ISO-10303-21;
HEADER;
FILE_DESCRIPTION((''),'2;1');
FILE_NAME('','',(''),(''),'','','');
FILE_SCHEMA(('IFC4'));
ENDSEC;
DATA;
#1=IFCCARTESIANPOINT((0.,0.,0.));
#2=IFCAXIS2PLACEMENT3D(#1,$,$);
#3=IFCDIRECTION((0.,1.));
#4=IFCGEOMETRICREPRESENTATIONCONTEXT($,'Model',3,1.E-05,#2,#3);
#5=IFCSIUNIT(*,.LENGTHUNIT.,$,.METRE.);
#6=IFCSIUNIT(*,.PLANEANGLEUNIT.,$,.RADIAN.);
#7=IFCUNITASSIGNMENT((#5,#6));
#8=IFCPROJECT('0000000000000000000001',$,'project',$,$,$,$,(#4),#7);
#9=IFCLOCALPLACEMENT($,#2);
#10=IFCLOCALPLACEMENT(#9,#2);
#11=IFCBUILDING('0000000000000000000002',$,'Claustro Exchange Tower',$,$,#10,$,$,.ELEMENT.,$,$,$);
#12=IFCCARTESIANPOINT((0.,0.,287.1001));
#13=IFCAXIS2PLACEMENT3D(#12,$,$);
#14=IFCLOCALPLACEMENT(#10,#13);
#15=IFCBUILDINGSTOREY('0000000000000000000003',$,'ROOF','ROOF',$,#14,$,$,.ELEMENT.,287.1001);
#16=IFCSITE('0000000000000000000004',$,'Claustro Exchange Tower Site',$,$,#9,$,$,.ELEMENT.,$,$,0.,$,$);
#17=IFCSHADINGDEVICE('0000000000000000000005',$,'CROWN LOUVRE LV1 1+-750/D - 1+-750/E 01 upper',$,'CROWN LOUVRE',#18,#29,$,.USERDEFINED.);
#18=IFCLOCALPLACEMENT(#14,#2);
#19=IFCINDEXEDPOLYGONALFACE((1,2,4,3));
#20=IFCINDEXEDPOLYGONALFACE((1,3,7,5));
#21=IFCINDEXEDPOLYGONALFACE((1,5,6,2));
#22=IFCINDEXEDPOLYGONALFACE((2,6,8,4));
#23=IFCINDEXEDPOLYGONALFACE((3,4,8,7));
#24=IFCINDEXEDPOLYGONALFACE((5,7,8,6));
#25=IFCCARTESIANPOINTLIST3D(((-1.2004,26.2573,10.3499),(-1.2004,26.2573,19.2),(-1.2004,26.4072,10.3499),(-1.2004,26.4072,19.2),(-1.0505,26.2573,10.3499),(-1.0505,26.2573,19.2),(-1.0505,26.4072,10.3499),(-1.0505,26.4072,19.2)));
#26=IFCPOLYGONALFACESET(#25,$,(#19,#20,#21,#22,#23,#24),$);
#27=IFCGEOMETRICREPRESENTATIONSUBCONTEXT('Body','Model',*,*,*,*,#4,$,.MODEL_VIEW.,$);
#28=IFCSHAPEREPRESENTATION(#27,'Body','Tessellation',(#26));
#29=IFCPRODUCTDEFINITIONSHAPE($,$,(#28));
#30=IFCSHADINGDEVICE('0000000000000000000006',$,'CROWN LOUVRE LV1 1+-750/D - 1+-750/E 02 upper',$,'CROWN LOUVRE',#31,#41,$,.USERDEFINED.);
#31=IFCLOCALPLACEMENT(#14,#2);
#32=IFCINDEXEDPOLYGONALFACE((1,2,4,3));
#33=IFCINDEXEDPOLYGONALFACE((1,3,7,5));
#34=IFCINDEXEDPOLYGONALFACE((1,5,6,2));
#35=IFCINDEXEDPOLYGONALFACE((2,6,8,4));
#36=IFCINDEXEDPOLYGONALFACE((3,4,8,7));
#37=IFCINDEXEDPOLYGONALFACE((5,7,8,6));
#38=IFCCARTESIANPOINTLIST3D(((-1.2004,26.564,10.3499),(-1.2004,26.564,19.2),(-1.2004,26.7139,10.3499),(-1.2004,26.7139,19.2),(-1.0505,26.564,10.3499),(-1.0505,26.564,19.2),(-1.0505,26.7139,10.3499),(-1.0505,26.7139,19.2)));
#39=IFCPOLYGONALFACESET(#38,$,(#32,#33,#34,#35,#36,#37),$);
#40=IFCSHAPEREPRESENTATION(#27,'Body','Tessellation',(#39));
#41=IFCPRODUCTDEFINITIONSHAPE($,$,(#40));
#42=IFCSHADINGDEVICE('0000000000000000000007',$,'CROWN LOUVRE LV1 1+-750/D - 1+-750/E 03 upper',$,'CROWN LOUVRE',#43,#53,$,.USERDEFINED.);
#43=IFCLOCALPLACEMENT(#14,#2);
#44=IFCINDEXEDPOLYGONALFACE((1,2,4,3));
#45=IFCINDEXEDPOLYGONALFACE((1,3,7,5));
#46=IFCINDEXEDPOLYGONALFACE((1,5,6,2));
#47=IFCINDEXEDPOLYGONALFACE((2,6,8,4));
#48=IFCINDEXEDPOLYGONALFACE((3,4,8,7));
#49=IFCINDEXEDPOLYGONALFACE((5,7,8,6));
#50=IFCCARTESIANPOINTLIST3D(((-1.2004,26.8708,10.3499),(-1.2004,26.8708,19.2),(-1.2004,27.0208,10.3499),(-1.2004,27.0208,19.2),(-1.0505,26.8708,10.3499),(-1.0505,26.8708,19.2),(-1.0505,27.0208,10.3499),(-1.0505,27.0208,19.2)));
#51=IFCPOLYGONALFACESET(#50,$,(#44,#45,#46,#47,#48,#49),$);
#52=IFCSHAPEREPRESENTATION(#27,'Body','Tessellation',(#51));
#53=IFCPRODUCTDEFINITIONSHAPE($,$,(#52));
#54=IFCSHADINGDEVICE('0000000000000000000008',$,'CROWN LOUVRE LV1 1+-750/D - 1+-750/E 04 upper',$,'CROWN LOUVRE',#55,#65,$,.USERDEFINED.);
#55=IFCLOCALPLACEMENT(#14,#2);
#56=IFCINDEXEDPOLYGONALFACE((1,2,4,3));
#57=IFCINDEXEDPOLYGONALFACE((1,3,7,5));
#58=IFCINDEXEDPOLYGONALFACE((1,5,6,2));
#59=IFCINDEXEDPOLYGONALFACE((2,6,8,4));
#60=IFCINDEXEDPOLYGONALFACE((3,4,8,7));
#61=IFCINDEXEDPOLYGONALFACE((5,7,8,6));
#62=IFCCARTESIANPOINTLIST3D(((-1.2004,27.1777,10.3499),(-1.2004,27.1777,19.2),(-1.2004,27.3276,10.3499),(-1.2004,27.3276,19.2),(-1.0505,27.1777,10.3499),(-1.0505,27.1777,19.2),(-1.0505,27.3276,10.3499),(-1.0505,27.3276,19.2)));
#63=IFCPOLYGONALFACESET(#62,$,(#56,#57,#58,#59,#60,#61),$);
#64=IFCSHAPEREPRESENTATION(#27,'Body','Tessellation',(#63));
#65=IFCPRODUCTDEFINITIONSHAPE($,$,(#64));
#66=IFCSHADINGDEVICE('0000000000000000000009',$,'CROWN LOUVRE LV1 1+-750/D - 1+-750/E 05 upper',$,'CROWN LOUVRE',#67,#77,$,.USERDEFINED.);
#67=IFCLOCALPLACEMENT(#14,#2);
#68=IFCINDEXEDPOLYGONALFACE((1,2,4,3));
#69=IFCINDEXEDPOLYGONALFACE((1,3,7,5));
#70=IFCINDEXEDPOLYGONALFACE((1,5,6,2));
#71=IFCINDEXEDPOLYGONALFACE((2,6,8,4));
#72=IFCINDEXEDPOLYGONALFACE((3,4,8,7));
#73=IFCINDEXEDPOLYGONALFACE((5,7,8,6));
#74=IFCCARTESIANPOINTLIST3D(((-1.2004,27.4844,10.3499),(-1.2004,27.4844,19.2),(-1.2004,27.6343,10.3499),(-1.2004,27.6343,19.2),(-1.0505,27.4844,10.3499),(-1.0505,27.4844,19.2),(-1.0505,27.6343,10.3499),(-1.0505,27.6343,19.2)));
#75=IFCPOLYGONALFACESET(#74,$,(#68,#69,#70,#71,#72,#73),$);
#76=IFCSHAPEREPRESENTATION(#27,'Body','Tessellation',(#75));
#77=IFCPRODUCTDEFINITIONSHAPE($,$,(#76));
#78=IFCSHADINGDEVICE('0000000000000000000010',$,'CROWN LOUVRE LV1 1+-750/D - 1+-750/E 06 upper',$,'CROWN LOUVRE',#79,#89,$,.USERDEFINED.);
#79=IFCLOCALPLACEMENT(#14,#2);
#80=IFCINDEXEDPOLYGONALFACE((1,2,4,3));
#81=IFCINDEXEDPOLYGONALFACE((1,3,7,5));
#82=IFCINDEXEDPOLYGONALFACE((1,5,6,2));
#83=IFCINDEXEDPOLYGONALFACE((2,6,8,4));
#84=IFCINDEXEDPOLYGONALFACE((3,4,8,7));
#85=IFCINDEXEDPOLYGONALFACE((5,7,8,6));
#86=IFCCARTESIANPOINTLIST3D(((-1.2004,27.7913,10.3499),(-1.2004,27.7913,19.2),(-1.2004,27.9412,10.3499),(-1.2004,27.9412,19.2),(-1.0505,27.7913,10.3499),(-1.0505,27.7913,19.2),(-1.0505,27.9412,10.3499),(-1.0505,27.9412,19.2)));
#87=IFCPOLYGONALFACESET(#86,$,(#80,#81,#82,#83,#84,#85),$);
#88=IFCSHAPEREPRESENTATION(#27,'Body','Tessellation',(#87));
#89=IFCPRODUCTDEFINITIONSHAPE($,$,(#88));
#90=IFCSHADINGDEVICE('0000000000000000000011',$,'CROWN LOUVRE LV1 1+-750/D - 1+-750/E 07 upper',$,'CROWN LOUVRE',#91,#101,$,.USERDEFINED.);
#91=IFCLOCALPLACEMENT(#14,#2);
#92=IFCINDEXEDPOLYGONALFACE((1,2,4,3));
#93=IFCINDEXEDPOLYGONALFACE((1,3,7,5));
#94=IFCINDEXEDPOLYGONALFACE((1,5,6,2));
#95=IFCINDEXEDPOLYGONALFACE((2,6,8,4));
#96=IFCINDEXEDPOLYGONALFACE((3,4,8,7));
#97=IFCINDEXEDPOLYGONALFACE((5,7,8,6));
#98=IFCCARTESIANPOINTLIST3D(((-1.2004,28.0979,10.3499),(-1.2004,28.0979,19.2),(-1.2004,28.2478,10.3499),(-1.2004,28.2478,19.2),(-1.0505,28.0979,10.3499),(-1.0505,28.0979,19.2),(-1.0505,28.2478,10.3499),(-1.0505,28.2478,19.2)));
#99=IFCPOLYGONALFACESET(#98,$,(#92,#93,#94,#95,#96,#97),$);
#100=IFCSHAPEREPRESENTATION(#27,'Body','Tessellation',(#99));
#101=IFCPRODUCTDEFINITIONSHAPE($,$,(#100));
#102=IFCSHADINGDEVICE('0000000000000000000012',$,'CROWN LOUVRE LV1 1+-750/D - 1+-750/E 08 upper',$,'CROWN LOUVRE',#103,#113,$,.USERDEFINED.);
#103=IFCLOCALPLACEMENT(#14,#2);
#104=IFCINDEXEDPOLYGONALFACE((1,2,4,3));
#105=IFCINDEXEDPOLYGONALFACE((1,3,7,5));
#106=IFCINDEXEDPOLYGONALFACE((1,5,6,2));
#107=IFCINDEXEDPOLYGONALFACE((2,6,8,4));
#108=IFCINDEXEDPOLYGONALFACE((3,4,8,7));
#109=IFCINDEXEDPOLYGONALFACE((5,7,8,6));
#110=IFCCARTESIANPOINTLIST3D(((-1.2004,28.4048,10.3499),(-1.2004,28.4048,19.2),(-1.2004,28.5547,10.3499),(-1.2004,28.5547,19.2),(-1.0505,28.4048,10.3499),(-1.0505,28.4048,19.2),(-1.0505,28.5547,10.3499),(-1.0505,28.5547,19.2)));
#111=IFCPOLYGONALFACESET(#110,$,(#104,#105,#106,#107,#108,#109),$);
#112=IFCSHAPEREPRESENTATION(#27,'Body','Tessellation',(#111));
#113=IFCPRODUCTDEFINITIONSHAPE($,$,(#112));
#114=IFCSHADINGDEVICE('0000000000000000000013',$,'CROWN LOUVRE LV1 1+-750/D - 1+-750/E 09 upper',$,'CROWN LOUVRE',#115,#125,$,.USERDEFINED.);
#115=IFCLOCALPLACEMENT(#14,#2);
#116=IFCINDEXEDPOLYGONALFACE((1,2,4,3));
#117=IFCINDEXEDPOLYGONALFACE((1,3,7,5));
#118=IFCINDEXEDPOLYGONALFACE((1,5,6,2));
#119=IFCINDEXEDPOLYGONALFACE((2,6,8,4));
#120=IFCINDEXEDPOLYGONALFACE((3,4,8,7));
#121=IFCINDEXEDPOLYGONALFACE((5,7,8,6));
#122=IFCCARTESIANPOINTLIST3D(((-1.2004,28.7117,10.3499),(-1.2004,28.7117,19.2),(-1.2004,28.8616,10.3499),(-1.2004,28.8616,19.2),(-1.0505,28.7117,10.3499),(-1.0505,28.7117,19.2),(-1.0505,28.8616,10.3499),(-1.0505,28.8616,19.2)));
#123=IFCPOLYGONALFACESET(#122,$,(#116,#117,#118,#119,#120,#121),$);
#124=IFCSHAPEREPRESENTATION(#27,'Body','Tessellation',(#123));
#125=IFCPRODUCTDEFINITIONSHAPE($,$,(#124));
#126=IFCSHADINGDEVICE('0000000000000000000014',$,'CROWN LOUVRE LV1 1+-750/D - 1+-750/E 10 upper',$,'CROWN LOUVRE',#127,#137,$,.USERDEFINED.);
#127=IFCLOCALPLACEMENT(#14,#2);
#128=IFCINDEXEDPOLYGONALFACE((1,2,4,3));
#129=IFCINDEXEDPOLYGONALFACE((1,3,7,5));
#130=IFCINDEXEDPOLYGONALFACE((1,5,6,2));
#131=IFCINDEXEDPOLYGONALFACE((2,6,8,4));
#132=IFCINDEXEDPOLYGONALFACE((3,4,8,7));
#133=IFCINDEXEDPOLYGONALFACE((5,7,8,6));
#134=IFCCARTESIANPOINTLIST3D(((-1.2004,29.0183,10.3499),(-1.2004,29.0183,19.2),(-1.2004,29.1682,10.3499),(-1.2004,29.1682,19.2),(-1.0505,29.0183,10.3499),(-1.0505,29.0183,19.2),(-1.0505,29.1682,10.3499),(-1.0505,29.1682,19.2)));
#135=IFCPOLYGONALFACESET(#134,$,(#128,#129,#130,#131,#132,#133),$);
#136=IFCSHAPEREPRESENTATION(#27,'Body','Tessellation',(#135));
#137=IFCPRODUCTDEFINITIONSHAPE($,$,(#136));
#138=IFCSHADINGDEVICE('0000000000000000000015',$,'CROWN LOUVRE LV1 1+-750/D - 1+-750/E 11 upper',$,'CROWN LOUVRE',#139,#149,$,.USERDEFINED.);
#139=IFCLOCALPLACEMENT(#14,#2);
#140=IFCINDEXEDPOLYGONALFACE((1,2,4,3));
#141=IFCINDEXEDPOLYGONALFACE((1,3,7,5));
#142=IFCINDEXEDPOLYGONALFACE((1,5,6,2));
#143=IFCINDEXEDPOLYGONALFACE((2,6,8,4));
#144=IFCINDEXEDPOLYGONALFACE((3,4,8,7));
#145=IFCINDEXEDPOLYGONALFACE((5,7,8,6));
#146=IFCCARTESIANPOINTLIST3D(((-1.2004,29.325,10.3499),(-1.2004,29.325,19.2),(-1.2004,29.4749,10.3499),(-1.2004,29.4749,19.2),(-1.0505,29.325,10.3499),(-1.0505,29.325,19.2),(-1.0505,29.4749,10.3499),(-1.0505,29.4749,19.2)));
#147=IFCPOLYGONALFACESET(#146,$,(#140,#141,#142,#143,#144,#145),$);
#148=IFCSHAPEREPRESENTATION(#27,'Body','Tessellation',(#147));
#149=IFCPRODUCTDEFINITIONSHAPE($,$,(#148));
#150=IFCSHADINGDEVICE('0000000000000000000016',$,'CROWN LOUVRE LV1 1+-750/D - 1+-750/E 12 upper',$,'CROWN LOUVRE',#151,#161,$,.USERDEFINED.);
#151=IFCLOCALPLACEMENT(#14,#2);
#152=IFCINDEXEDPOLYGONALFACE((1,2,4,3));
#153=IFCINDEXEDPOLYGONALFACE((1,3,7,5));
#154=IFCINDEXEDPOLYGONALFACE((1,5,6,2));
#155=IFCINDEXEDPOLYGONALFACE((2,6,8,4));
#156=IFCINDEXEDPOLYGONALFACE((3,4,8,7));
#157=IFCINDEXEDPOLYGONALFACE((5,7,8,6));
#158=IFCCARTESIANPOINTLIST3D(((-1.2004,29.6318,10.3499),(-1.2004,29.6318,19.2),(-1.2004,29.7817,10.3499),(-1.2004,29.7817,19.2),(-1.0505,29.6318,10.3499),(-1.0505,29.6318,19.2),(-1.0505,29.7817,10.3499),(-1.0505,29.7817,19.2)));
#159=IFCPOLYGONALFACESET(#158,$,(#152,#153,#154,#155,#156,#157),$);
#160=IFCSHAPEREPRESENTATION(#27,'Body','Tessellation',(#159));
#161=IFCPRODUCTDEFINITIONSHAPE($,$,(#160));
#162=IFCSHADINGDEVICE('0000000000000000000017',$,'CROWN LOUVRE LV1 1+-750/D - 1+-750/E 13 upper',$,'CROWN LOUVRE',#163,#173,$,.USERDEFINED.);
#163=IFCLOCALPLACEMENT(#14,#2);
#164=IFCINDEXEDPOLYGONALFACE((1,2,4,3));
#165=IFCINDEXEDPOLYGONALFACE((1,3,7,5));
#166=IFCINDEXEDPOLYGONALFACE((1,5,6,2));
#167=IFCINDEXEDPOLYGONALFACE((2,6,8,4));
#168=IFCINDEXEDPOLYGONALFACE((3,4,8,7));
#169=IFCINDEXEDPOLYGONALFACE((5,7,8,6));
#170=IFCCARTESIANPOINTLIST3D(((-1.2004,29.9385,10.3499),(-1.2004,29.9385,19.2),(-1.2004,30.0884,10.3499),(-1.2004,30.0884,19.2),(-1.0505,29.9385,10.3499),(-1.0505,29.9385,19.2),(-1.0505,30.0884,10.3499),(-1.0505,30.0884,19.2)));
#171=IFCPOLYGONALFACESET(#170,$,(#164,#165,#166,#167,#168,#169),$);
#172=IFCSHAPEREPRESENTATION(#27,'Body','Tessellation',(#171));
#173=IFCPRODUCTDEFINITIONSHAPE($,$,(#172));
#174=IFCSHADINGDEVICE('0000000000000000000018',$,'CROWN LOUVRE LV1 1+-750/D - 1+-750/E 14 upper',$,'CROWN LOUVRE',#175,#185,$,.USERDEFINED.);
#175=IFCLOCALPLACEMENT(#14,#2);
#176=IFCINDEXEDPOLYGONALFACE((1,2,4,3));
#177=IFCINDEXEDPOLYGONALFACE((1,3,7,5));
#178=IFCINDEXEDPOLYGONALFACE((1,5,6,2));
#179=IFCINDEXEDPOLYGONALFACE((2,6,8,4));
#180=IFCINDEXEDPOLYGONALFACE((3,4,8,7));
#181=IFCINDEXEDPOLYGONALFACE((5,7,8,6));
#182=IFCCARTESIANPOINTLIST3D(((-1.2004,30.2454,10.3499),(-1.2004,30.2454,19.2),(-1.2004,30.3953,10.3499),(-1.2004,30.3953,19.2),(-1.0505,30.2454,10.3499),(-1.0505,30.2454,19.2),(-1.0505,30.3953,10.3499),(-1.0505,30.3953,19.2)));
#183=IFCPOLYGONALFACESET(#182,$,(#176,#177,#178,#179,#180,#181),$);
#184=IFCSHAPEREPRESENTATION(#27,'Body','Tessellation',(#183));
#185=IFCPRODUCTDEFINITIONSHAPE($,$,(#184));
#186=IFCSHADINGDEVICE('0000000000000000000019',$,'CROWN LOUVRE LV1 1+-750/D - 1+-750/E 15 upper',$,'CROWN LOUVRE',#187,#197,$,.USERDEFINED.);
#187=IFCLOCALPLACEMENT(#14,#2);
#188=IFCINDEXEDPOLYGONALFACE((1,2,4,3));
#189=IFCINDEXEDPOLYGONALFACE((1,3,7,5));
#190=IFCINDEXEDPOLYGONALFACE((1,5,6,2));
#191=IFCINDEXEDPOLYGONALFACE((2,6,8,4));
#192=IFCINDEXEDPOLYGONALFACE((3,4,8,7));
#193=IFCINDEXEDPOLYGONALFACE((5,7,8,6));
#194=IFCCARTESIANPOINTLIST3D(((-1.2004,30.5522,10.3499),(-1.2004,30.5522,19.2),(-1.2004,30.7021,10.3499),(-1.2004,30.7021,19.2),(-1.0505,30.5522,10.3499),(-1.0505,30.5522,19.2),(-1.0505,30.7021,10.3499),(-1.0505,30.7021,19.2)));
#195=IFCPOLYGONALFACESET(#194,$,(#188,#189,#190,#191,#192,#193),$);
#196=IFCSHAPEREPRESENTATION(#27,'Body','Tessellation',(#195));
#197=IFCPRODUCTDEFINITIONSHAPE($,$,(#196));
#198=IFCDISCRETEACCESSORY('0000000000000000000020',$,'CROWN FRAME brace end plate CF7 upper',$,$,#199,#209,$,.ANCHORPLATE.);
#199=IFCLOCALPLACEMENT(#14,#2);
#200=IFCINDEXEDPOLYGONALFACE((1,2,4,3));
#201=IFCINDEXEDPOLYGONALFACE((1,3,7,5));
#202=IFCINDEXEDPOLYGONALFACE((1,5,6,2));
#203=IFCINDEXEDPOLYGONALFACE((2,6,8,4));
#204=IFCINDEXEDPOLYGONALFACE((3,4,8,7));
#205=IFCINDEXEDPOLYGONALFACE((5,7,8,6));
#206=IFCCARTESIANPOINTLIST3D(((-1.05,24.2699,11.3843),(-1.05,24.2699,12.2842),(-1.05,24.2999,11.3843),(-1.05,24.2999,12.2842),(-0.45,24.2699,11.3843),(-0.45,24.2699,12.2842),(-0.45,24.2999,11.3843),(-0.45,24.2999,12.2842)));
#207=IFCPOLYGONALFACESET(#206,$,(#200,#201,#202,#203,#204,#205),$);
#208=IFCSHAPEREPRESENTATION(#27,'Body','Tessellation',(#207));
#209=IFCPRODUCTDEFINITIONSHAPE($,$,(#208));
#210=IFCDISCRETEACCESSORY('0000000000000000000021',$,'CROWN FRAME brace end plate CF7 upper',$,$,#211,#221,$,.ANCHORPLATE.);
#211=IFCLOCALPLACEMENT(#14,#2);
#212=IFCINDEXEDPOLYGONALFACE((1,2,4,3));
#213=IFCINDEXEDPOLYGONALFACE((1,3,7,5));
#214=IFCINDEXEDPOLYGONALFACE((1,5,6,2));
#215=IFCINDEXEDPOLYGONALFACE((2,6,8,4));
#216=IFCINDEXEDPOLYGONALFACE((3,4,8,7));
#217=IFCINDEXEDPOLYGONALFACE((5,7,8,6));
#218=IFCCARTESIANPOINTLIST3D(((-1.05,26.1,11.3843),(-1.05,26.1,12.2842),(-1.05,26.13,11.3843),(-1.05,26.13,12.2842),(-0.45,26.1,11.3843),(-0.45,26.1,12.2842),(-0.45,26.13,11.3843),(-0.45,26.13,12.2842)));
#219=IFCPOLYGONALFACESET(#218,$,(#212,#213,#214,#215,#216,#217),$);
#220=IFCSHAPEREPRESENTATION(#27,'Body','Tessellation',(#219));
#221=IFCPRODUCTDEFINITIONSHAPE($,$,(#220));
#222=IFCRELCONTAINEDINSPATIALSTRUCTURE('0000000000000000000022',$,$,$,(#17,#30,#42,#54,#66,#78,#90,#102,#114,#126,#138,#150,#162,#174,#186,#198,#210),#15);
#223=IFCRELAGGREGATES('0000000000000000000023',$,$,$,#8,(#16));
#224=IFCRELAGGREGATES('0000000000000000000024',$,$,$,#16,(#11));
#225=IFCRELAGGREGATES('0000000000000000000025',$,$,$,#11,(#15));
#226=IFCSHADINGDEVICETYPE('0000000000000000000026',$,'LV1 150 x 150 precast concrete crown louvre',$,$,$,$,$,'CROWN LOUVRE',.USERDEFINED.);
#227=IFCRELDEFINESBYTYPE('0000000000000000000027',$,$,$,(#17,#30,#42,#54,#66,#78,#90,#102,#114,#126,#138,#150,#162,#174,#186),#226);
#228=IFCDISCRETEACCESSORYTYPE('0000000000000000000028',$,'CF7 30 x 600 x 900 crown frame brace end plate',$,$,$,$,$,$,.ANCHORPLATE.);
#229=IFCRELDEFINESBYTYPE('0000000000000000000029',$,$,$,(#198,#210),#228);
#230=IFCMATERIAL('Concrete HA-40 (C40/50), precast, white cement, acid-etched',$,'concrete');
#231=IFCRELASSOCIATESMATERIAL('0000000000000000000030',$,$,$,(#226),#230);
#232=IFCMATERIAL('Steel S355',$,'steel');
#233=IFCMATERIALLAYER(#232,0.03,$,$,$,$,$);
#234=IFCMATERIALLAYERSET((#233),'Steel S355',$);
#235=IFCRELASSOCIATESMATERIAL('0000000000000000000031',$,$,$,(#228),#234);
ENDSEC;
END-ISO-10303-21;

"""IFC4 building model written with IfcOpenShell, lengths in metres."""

from ifc_helpers import new_model, si_unit, direction, frame, origin, origin_2d, place, context, subcontext, project, spatial, rectangle, extrude, material, layer, layer_set, type_object, element, save


model = new_model("IFC4")

# Units and contexts
model_context = context("Model", 3, precision=1e-05, world=origin(), true_north=direction((0.0, 1.0)))
body_context = subcontext(model_context, "Body", "Model", "MODEL_VIEW")
ifc_project = project(units=[si_unit("LENGTHUNIT", "METRE"), si_unit("PLANEANGLEUNIT", "RADIAN")], contexts=[model_context])

# Site, building, storey
site_placement = place(None, origin())
site = spatial("IfcSite", under=ifc_project, at=site_placement, Name="Claustro Exchange Tower Site", CompositionType="ELEMENT", RefElevation=0.0)
building_placement = place(site_placement, origin())
building = spatial("IfcBuilding", under=site, at=building_placement, Name="Claustro Exchange Tower", CompositionType="ELEMENT")
storey_placement = place(building_placement, frame((0.0, 0.0, 287.1001)))
storey = spatial("IfcBuildingStorey", under=building, at=storey_placement, Name="ROOF", Description="ROOF", CompositionType="ELEMENT", Elevation=287.1001)

# Shading devices
ifc_material_1 = material(Name="Concrete HA-40 (C40/50), precast, white cement, acid-etched", Category="concrete")
shading_device_type = type_object("IfcShadingDeviceType", Name="LV1 150 x 150 precast concrete crown louvre", ElementType="CROWN LOUVRE", PredefinedType="USERDEFINED", material=ifc_material_1)
for number, where, z_axis, x_axis, name in (
    (1, (-1.1255, 26.3323, 10.3499), (0.0, 0.0, 1.0), (0.0, 1.0, 0.0), "CROWN LOUVRE LV1 1+-750/D - 1+-750/E 01 upper"),
    (2, (-1.1255, 26.6389, 10.3499), (0.0, 0.0, 1.0), (0.0, 1.0, 0.0), "CROWN LOUVRE LV1 1+-750/D - 1+-750/E 02 upper"),
    (3, (-1.1255, 26.9458, 10.3499), (0.0, 0.0, 1.0), (0.0, 1.0, 0.0), "CROWN LOUVRE LV1 1+-750/D - 1+-750/E 03 upper"),
    (4, (-1.1255, 27.2527, 10.3499), (0.0, 0.0, 1.0), (0.0, 1.0, 0.0), "CROWN LOUVRE LV1 1+-750/D - 1+-750/E 04 upper"),
    (5, (-1.1255, 27.5593, 10.3499), (0.0, 0.0, 1.0), (0.0, 1.0, 0.0), "CROWN LOUVRE LV1 1+-750/D - 1+-750/E 05 upper"),
    (6, (-1.1255, 27.8662, 10.3499), (0.0, 0.0, 1.0), (0.0, 1.0, 0.0), "CROWN LOUVRE LV1 1+-750/D - 1+-750/E 06 upper"),
    (7, (-1.1255, 28.1729, 10.3499), (0.0, 0.0, 1.0), (0.0, 1.0, 0.0), "CROWN LOUVRE LV1 1+-750/D - 1+-750/E 07 upper"),
    (8, (-1.1255, 28.4797, 10.3499), (0.0, 0.0, 1.0), (0.0, 1.0, 0.0), "CROWN LOUVRE LV1 1+-750/D - 1+-750/E 08 upper"),
    (9, (-1.1255, 28.7866, 10.3499), (0.0, 0.0, 1.0), (0.0, 1.0, 0.0), "CROWN LOUVRE LV1 1+-750/D - 1+-750/E 09 upper"),
    (10, (-1.1255, 29.0933, 10.3499), (0.0, 0.0, 1.0), (0.0, 1.0, 0.0), "CROWN LOUVRE LV1 1+-750/D - 1+-750/E 10 upper"),
    (11, (-1.1255, 29.3999, 10.3499), (0.0, 0.0, 1.0), (0.0, 1.0, 0.0), "CROWN LOUVRE LV1 1+-750/D - 1+-750/E 11 upper"),
    (12, (-1.1255, 29.7068, 10.3499), (0.0, 0.0, 1.0), (0.0, 1.0, 0.0), "CROWN LOUVRE LV1 1+-750/D - 1+-750/E 12 upper"),
    (13, (-1.1255, 30.0134, 10.3499), (0.0, 0.0, 1.0), (0.0, 1.0, 0.0), "CROWN LOUVRE LV1 1+-750/D - 1+-750/E 13 upper"),
    (14, (-1.1255, 30.3203, 10.3499), (0.0, 0.0, 1.0), (0.0, 1.0, 0.0), "CROWN LOUVRE LV1 1+-750/D - 1+-750/E 14 upper"),
    (15, (-1.1255, 30.6272, 10.3499), (0.0, 0.0, 1.0), (0.0, 1.0, 0.0), "CROWN LOUVRE LV1 1+-750/D - 1+-750/E 15 upper"),
):
    element("IfcShadingDevice", number, at=place(storey_placement, frame(where, z_axis=z_axis, x_axis=x_axis)), inside=storey, type_object=shading_device_type, Name=name, ObjectType="CROWN LOUVRE", PredefinedType="USERDEFINED", context=body_context, shape_type="SweptSolid", body=[
        extrude(rectangle(XDim=0.1499, YDim=0.1499, at=origin_2d()), origin(), (0.0, 0.0, 1.0), 8.8501),
    ])

# Discrete accessories
ifc_material_2 = material(Name="Steel S355", Category="steel")
ifc_layer_1 = layer(ifc_material_2, 0.03)
ifc_layer_set_1 = layer_set([ifc_layer_1], Name="Steel S355")
discrete_accessory_type = type_object("IfcDiscreteAccessoryType", Name="CF7 30 x 600 x 900 crown frame brace end plate", PredefinedType="ANCHORPLATE", material=ifc_layer_set_1)
for number, where, z_axis, x_axis, name in (
    (16, (-0.75, 24.2849, 11.3843), (0.0, 0.0, 1.0), (0.0, -1.0, 0.0), "CROWN FRAME brace end plate CF7 upper"),
    (17, (-0.75, 26.115, 11.3843), (0.0, 0.0, 1.0), (0.0, 1.0, 0.0), "CROWN FRAME brace end plate CF7 upper"),
):
    element("IfcDiscreteAccessory", number, at=place(storey_placement, frame(where, z_axis=z_axis, x_axis=x_axis)), inside=storey, type_object=discrete_accessory_type, Name=name, PredefinedType="ANCHORPLATE", context=body_context, shape_type="SweptSolid", body=[
        extrude(rectangle(XDim=0.03, YDim=0.6001, at=origin_2d()), origin(), (0.0, 0.0, 1.0), 0.8999),
    ])

save(model, "model.ifc")
